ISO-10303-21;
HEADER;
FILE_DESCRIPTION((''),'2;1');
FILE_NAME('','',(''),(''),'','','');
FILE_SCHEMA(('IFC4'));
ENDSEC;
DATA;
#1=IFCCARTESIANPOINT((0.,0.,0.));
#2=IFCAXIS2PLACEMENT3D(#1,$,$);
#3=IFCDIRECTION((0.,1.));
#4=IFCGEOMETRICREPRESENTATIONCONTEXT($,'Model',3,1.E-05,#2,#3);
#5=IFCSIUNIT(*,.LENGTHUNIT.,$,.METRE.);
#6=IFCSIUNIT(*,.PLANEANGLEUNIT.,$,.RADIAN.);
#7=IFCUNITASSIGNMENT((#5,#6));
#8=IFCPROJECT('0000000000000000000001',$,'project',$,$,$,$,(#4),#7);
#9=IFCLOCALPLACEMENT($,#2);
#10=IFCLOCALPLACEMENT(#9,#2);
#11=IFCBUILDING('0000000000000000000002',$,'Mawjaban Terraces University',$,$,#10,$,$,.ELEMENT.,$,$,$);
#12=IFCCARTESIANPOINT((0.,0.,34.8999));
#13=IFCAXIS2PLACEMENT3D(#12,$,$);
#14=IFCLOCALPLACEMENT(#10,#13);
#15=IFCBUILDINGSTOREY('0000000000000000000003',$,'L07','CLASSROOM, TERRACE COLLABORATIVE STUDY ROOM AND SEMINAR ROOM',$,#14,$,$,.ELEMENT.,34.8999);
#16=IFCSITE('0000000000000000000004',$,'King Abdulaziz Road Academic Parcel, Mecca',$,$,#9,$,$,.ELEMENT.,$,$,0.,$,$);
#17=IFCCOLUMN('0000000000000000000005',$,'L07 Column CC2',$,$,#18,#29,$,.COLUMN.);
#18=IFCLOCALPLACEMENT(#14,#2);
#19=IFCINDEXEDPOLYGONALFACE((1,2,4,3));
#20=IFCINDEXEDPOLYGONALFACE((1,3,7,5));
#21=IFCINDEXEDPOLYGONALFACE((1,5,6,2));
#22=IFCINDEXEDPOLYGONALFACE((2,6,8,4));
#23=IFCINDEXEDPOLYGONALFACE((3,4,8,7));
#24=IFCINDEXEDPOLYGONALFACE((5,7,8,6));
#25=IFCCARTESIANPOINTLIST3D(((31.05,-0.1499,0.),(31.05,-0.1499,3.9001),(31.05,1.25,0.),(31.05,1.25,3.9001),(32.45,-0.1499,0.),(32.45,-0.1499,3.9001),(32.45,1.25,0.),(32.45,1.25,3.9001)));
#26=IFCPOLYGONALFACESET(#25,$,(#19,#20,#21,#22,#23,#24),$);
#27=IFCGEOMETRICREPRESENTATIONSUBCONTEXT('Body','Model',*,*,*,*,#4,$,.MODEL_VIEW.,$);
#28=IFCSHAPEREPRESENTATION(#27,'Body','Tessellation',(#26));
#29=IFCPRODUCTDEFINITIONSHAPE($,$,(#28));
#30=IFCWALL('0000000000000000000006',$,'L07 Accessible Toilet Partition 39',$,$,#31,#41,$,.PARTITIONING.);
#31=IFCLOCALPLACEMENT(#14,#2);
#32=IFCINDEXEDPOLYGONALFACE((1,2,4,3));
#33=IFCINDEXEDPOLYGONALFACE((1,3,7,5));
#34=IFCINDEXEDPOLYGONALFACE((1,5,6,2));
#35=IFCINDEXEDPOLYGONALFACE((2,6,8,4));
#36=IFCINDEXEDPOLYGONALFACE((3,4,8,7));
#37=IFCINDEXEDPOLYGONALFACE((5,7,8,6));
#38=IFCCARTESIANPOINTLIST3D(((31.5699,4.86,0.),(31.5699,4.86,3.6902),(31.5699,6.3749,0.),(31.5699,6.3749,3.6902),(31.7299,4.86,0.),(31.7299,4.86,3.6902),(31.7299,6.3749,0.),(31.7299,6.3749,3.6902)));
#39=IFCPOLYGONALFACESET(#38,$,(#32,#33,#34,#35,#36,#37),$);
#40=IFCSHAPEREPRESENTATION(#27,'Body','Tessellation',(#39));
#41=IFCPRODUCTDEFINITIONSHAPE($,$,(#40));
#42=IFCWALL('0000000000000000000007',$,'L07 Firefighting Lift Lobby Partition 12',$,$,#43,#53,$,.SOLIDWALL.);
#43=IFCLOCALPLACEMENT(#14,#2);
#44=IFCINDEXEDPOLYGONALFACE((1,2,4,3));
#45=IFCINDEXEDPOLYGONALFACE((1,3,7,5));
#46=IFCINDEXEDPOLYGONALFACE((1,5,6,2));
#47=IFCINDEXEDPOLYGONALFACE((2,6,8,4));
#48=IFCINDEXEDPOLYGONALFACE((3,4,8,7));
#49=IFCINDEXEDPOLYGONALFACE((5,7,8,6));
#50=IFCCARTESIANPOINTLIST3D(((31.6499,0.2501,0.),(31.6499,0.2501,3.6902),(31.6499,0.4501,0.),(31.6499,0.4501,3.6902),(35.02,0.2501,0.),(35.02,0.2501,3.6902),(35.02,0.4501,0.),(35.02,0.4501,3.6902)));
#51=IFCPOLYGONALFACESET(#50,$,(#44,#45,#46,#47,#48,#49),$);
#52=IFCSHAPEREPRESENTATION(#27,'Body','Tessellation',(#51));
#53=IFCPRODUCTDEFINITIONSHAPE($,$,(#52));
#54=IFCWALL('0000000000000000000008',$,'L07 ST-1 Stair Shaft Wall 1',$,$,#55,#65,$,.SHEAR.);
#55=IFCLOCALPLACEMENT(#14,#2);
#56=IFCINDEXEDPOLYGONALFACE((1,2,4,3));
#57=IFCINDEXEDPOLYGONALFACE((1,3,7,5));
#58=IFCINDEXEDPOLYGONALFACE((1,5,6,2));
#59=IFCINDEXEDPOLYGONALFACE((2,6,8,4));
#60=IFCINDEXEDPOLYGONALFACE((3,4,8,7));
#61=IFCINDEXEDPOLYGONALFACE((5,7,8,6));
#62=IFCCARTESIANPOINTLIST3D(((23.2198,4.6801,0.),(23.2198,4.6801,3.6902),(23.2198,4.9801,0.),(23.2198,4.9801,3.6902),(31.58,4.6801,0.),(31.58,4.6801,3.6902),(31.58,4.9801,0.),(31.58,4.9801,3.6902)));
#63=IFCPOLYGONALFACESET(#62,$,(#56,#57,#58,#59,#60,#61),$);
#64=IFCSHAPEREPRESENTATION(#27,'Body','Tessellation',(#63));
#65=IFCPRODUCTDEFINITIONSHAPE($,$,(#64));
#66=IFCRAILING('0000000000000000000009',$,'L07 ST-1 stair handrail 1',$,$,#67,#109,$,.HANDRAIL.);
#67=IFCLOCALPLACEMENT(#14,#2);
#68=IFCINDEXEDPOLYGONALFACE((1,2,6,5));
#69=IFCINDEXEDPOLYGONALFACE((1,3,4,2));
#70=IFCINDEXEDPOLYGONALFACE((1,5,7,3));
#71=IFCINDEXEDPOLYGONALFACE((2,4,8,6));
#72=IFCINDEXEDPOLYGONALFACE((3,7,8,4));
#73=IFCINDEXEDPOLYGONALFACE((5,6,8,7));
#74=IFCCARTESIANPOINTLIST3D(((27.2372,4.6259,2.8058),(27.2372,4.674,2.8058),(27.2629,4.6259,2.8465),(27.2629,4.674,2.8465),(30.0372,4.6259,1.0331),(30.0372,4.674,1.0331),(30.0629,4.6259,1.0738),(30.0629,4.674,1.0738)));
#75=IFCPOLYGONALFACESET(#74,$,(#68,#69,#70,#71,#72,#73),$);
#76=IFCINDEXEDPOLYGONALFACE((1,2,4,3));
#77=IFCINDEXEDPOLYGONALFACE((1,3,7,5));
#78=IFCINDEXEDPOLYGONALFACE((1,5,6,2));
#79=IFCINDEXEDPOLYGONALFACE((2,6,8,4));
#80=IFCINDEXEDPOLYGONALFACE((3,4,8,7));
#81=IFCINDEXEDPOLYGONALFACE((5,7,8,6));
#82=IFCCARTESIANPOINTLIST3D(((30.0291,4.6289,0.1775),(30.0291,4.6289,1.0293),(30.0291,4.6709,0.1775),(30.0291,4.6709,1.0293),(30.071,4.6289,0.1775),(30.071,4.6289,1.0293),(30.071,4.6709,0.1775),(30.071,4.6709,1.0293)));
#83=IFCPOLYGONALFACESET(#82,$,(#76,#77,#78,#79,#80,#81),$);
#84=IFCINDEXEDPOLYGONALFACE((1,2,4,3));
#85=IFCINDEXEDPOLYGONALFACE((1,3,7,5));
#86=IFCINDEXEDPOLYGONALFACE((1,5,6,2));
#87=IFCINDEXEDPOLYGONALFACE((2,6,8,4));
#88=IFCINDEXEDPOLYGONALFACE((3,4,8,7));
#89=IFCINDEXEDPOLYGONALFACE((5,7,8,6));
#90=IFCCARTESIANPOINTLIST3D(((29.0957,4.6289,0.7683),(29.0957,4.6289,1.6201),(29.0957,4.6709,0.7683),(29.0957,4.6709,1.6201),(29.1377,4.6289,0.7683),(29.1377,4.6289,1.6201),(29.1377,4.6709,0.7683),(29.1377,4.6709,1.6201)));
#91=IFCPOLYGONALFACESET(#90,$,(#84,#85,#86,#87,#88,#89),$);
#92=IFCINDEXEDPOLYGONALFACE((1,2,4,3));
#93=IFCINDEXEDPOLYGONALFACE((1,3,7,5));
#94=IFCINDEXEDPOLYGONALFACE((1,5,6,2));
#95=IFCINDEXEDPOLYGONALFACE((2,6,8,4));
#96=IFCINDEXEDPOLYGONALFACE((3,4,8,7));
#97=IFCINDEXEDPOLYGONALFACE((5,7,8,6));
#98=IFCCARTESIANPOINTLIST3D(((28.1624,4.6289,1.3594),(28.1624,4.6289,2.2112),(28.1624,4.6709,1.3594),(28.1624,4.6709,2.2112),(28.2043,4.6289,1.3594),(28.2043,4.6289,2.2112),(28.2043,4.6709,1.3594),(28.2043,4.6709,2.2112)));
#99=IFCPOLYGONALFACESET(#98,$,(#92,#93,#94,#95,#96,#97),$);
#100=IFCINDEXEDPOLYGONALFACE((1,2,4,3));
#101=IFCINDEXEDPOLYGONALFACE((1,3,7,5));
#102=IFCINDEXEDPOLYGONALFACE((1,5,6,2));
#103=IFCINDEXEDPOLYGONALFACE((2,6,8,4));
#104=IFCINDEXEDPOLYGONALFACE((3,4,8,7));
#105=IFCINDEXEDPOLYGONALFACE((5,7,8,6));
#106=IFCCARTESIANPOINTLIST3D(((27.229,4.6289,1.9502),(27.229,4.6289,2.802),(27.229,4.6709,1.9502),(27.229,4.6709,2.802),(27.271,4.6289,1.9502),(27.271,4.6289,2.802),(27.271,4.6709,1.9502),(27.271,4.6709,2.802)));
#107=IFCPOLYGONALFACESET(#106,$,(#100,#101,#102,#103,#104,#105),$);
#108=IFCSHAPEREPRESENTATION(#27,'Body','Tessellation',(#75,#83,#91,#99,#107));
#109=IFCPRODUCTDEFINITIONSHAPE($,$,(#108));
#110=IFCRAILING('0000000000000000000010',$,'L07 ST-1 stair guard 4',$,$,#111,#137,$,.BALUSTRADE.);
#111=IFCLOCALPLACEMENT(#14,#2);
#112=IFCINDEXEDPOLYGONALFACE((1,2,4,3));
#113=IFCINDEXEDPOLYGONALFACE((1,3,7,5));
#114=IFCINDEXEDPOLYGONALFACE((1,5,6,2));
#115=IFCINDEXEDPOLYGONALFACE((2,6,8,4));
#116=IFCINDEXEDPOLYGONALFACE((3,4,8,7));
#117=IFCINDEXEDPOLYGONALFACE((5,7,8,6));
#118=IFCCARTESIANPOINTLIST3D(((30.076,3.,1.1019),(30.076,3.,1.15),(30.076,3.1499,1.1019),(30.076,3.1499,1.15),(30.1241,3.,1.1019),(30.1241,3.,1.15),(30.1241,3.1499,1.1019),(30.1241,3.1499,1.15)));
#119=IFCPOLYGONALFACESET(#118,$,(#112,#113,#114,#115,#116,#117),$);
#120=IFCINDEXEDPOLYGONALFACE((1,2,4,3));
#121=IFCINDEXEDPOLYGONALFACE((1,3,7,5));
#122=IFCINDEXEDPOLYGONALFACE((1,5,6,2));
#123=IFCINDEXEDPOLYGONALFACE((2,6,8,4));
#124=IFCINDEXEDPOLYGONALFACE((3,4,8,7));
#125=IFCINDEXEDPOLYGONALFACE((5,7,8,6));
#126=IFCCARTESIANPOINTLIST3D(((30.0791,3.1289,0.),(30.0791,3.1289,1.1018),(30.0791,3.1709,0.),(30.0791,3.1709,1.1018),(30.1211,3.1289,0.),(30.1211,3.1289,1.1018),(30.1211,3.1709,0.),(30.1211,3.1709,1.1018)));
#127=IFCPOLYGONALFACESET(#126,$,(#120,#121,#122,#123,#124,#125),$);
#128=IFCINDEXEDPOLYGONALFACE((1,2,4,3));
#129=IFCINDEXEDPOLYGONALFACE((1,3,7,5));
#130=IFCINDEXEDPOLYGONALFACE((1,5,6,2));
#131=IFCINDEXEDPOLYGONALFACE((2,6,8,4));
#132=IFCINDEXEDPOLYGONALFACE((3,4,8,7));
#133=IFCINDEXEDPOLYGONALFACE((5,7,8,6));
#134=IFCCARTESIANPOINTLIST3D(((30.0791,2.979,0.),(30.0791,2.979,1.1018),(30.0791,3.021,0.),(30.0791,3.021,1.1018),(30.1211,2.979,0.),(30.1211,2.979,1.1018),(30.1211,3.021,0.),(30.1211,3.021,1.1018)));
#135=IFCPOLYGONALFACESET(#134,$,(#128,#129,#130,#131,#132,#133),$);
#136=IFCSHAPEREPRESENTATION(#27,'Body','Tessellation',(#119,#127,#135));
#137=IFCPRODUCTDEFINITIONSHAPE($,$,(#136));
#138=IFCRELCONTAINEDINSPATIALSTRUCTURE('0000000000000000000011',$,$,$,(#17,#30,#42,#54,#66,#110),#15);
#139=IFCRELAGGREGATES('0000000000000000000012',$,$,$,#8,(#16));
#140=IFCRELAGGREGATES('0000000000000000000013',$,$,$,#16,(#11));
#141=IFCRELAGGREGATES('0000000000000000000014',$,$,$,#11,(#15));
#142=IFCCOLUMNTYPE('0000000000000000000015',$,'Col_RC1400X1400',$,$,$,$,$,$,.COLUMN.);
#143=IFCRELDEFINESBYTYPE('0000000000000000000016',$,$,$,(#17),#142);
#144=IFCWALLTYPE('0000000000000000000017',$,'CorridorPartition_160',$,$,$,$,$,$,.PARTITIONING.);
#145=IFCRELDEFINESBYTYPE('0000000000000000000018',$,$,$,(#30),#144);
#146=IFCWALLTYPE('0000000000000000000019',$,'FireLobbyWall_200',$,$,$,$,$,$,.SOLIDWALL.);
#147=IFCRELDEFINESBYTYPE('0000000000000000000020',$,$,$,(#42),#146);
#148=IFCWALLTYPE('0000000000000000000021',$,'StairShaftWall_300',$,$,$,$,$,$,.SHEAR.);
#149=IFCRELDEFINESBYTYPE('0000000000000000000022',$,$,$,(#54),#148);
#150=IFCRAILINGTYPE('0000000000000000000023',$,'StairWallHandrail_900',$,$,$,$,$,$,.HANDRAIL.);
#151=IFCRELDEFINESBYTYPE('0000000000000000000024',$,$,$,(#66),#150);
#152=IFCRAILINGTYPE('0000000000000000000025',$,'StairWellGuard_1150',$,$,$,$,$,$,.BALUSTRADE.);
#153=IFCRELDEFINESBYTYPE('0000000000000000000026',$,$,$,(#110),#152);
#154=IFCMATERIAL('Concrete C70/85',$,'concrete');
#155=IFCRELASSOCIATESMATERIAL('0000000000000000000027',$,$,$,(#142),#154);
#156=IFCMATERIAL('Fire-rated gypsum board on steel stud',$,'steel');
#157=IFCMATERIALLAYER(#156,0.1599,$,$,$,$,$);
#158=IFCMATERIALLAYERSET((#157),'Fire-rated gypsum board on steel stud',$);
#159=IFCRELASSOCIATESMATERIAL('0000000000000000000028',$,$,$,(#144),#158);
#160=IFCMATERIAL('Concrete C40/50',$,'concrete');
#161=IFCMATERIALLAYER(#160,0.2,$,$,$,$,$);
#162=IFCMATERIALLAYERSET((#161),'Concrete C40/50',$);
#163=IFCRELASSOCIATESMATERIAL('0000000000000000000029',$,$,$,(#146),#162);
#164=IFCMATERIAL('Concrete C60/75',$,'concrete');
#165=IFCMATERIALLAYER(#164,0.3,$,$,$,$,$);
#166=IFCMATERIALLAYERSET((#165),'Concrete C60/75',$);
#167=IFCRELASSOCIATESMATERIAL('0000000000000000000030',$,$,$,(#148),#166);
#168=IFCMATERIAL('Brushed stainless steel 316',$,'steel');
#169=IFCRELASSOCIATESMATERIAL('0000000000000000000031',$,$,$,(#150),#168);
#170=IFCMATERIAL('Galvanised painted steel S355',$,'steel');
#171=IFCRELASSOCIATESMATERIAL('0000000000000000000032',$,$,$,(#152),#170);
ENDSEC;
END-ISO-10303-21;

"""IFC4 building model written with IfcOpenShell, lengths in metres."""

from ifc_helpers import new_model, si_unit, direction, frame, frame_2d, origin, origin_2d, place, context, subcontext, project, spatial, rectangle, extrude, material, layer, layer_set, material_profile, profile_set, type_object, element, save


model = new_model("IFC4")

# Units and contexts
model_context = context("Model", 3, precision=1e-05, world=origin(), true_north=direction((0.0, 1.0)))
body_context = subcontext(model_context, "Body", "Model", "MODEL_VIEW")
ifc_project = project(units=[si_unit("LENGTHUNIT", "METRE"), si_unit("PLANEANGLEUNIT", "RADIAN")], contexts=[model_context])

# Site, building, storey
site_placement = place(None, origin())
site = spatial("IfcSite", under=ifc_project, at=site_placement, Name="King Abdulaziz Road Academic Parcel, Mecca", CompositionType="ELEMENT", RefElevation=0.0)
building_placement = place(site_placement, origin())
building = spatial("IfcBuilding", under=site, at=building_placement, Name="Mawjaban Terraces University", CompositionType="ELEMENT")
storey_placement = place(building_placement, frame((0.0, 0.0, 34.8999)))
storey = spatial("IfcBuildingStorey", under=building, at=storey_placement, Name="L07", Description="CLASSROOM, TERRACE COLLABORATIVE STUDY ROOM AND SEMINAR ROOM", CompositionType="ELEMENT", Elevation=34.8999)

# Column
ifc_material_1 = material(Name="Concrete C70/85", Category="concrete")
ifc_material_profile = material_profile(ifc_material_1, rectangle(XDim=1.3999, YDim=1.3999, at=origin_2d()), Name="RC1400X1400")
ifc_profile_set = profile_set([ifc_material_profile], Name="Concrete C70/85")
column_type = type_object("IfcColumnType", Name="Col_RC1400X1400", PredefinedType="COLUMN", material=ifc_profile_set)
column_placement = place(storey_placement, frame((31.75, 0.55, 0.0), z_axis=(0.0, 0.0, 1.0), x_axis=(1.0, 0.0, 0.0)))
element("IfcColumn", 1, at=column_placement, inside=storey, type_object=column_type, Name="L07 Column CC2", PredefinedType="COLUMN", context=body_context, shape_type="SweptSolid", body=[
    extrude(rectangle(XDim=1.3999, YDim=1.3999, at=origin_2d()), origin(), (0.0, 0.0, 1.0), 3.9001),
])

# Wall
ifc_material_2 = material(Name="Fire-rated gypsum board on steel stud", Category="steel")
ifc_layer_1 = layer(ifc_material_2, 0.1599)
ifc_layer_set_1 = layer_set([ifc_layer_1], Name="Fire-rated gypsum board on steel stud")
wall_type_1 = type_object("IfcWallType", Name="CorridorPartition_160", PredefinedType="PARTITIONING", material=ifc_layer_set_1)
wall_1_placement = place(storey_placement, frame((31.6499, 4.8601, 0.0), z_axis=(0.0, 0.0, 1.0), x_axis=(0.0, 1.0, 0.0)))
element("IfcWall", 2, at=wall_1_placement, inside=storey, type_object=wall_type_1, Name="L07 Accessible Toilet Partition 39", PredefinedType="PARTITIONING", context=body_context, shape_type="SweptSolid", body=[
    extrude(rectangle(XDim=1.5149, YDim=0.1599, at=frame_2d((0.7573, 0.0))), origin(), (0.0, 0.0, 1.0), 3.6902),
])

# Shared definitions
ifc_material_3 = material(Name="Concrete C40/50", Category="concrete")
ifc_layer_2 = layer(ifc_material_3, 0.2)
ifc_layer_set_2 = layer_set([ifc_layer_2], Name="Concrete C40/50")
wall_type_2 = type_object("IfcWallType", Name="FireLobbyWall_200", PredefinedType="SOLIDWALL", material=ifc_layer_set_2)

# Wall
wall_2_placement = place(storey_placement, frame((31.6499, 0.3501, 0.0), z_axis=(0.0, 0.0, 1.0), x_axis=(1.0, 0.0, 0.0)))
element("IfcWall", 3, at=wall_2_placement, inside=storey, type_object=wall_type_2, Name="L07 Firefighting Lift Lobby Partition 12", PredefinedType="SOLIDWALL", context=body_context, shape_type="SweptSolid", body=[
    extrude(rectangle(XDim=3.3701, YDim=0.2, at=frame_2d((1.6851, 0.0))), origin(), (0.0, 0.0, 1.0), 3.6902),
])

# Wall
ifc_material_4 = material(Name="Concrete C60/75", Category="concrete")
ifc_layer_3 = layer(ifc_material_4, 0.3)
ifc_layer_set_3 = layer_set([ifc_layer_3], Name="Concrete C60/75")
wall_type_3 = type_object("IfcWallType", Name="StairShaftWall_300", PredefinedType="SHEAR", material=ifc_layer_set_3)
wall_3_placement = place(storey_placement, frame((31.5801, 4.8301, 0.0), z_axis=(0.0, 0.0, 1.0), x_axis=(-1.0, 0.0, 0.0)))
element("IfcWall", 4, at=wall_3_placement, inside=storey, type_object=wall_type_3, Name="L07 ST-1 Stair Shaft Wall 1", PredefinedType="SHEAR", context=body_context, shape_type="SweptSolid", body=[
    extrude(rectangle(XDim=8.3601, YDim=0.3, at=frame_2d((4.1802, 0.0))), origin(), (0.0, 0.0, 1.0), 3.6902),
])

# Railings
ifc_material_5 = material(Name="Brushed stainless steel 316", Category="steel")
railing_type_1 = type_object("IfcRailingType", Name="StairWallHandrail_900", PredefinedType="HANDRAIL", material=ifc_material_5)
railing_1_placement = place(storey_placement, frame((30.05, 4.6499, 0.1775)))
element("IfcRailing", 5, at=railing_1_placement, inside=storey, type_object=railing_type_1, Name="L07 ST-1 stair handrail 1", PredefinedType="HANDRAIL", context=body_context, shape_type="SweptSolid", body=[
    extrude(rectangle(XDim=0.0481, YDim=0.0481, at=origin_2d()), frame((0.0, 0.0, 0.876), z_axis=(-0.844909, 0.0, 0.53491), x_axis=(0.0, -1.0, 0.0)), (0.0, 0.0, 1.0), 3.314),
    extrude(rectangle(XDim=0.042, YDim=0.042, at=origin_2d()), origin(), (0.0, 0.0, 1.0), 0.8518),
    extrude(rectangle(XDim=0.042, YDim=0.042, at=origin_2d()), frame((-0.9333, 0.0, 0.5908)), (0.0, 0.0, 1.0), 0.8518),
    extrude(rectangle(XDim=0.042, YDim=0.042, at=origin_2d()), frame((-1.8667, 0.0, 1.1819)), (0.0, 0.0, 1.0), 0.8518),
    extrude(rectangle(XDim=0.042, YDim=0.042, at=origin_2d()), frame((-2.8, 0.0, 1.7727)), (0.0, 0.0, 1.0), 0.8518),
])
ifc_material_6 = material(Name="Galvanised painted steel S355", Category="steel")
railing_type_2 = type_object("IfcRailingType", Name="StairWellGuard_1150", PredefinedType="BALUSTRADE", material=ifc_material_6)
railing_2_placement = place(storey_placement, frame((30.1001, 3.1499, 0.0)))
element("IfcRailing", 6, at=railing_2_placement, inside=storey, type_object=railing_type_2, Name="L07 ST-1 stair guard 4", PredefinedType="BALUSTRADE", context=body_context, shape_type="SweptSolid", body=[
    extrude(rectangle(XDim=0.0481, YDim=0.0481, at=origin_2d()), frame((0.0, 0.0, 1.126), z_axis=(0.0, -1.0, 0.0), x_axis=(1.0, 0.0, 0.0)), (0.0, 0.0, 1.0), 0.1499),
    extrude(rectangle(XDim=0.042, YDim=0.042, at=origin_2d()), origin(), (0.0, 0.0, 1.0), 1.1018),
    extrude(rectangle(XDim=0.042, YDim=0.042, at=origin_2d()), frame((0.0, -0.1499, 0.0)), (0.0, 0.0, 1.0), 1.1018),
])

save(model, "model.ifc")
